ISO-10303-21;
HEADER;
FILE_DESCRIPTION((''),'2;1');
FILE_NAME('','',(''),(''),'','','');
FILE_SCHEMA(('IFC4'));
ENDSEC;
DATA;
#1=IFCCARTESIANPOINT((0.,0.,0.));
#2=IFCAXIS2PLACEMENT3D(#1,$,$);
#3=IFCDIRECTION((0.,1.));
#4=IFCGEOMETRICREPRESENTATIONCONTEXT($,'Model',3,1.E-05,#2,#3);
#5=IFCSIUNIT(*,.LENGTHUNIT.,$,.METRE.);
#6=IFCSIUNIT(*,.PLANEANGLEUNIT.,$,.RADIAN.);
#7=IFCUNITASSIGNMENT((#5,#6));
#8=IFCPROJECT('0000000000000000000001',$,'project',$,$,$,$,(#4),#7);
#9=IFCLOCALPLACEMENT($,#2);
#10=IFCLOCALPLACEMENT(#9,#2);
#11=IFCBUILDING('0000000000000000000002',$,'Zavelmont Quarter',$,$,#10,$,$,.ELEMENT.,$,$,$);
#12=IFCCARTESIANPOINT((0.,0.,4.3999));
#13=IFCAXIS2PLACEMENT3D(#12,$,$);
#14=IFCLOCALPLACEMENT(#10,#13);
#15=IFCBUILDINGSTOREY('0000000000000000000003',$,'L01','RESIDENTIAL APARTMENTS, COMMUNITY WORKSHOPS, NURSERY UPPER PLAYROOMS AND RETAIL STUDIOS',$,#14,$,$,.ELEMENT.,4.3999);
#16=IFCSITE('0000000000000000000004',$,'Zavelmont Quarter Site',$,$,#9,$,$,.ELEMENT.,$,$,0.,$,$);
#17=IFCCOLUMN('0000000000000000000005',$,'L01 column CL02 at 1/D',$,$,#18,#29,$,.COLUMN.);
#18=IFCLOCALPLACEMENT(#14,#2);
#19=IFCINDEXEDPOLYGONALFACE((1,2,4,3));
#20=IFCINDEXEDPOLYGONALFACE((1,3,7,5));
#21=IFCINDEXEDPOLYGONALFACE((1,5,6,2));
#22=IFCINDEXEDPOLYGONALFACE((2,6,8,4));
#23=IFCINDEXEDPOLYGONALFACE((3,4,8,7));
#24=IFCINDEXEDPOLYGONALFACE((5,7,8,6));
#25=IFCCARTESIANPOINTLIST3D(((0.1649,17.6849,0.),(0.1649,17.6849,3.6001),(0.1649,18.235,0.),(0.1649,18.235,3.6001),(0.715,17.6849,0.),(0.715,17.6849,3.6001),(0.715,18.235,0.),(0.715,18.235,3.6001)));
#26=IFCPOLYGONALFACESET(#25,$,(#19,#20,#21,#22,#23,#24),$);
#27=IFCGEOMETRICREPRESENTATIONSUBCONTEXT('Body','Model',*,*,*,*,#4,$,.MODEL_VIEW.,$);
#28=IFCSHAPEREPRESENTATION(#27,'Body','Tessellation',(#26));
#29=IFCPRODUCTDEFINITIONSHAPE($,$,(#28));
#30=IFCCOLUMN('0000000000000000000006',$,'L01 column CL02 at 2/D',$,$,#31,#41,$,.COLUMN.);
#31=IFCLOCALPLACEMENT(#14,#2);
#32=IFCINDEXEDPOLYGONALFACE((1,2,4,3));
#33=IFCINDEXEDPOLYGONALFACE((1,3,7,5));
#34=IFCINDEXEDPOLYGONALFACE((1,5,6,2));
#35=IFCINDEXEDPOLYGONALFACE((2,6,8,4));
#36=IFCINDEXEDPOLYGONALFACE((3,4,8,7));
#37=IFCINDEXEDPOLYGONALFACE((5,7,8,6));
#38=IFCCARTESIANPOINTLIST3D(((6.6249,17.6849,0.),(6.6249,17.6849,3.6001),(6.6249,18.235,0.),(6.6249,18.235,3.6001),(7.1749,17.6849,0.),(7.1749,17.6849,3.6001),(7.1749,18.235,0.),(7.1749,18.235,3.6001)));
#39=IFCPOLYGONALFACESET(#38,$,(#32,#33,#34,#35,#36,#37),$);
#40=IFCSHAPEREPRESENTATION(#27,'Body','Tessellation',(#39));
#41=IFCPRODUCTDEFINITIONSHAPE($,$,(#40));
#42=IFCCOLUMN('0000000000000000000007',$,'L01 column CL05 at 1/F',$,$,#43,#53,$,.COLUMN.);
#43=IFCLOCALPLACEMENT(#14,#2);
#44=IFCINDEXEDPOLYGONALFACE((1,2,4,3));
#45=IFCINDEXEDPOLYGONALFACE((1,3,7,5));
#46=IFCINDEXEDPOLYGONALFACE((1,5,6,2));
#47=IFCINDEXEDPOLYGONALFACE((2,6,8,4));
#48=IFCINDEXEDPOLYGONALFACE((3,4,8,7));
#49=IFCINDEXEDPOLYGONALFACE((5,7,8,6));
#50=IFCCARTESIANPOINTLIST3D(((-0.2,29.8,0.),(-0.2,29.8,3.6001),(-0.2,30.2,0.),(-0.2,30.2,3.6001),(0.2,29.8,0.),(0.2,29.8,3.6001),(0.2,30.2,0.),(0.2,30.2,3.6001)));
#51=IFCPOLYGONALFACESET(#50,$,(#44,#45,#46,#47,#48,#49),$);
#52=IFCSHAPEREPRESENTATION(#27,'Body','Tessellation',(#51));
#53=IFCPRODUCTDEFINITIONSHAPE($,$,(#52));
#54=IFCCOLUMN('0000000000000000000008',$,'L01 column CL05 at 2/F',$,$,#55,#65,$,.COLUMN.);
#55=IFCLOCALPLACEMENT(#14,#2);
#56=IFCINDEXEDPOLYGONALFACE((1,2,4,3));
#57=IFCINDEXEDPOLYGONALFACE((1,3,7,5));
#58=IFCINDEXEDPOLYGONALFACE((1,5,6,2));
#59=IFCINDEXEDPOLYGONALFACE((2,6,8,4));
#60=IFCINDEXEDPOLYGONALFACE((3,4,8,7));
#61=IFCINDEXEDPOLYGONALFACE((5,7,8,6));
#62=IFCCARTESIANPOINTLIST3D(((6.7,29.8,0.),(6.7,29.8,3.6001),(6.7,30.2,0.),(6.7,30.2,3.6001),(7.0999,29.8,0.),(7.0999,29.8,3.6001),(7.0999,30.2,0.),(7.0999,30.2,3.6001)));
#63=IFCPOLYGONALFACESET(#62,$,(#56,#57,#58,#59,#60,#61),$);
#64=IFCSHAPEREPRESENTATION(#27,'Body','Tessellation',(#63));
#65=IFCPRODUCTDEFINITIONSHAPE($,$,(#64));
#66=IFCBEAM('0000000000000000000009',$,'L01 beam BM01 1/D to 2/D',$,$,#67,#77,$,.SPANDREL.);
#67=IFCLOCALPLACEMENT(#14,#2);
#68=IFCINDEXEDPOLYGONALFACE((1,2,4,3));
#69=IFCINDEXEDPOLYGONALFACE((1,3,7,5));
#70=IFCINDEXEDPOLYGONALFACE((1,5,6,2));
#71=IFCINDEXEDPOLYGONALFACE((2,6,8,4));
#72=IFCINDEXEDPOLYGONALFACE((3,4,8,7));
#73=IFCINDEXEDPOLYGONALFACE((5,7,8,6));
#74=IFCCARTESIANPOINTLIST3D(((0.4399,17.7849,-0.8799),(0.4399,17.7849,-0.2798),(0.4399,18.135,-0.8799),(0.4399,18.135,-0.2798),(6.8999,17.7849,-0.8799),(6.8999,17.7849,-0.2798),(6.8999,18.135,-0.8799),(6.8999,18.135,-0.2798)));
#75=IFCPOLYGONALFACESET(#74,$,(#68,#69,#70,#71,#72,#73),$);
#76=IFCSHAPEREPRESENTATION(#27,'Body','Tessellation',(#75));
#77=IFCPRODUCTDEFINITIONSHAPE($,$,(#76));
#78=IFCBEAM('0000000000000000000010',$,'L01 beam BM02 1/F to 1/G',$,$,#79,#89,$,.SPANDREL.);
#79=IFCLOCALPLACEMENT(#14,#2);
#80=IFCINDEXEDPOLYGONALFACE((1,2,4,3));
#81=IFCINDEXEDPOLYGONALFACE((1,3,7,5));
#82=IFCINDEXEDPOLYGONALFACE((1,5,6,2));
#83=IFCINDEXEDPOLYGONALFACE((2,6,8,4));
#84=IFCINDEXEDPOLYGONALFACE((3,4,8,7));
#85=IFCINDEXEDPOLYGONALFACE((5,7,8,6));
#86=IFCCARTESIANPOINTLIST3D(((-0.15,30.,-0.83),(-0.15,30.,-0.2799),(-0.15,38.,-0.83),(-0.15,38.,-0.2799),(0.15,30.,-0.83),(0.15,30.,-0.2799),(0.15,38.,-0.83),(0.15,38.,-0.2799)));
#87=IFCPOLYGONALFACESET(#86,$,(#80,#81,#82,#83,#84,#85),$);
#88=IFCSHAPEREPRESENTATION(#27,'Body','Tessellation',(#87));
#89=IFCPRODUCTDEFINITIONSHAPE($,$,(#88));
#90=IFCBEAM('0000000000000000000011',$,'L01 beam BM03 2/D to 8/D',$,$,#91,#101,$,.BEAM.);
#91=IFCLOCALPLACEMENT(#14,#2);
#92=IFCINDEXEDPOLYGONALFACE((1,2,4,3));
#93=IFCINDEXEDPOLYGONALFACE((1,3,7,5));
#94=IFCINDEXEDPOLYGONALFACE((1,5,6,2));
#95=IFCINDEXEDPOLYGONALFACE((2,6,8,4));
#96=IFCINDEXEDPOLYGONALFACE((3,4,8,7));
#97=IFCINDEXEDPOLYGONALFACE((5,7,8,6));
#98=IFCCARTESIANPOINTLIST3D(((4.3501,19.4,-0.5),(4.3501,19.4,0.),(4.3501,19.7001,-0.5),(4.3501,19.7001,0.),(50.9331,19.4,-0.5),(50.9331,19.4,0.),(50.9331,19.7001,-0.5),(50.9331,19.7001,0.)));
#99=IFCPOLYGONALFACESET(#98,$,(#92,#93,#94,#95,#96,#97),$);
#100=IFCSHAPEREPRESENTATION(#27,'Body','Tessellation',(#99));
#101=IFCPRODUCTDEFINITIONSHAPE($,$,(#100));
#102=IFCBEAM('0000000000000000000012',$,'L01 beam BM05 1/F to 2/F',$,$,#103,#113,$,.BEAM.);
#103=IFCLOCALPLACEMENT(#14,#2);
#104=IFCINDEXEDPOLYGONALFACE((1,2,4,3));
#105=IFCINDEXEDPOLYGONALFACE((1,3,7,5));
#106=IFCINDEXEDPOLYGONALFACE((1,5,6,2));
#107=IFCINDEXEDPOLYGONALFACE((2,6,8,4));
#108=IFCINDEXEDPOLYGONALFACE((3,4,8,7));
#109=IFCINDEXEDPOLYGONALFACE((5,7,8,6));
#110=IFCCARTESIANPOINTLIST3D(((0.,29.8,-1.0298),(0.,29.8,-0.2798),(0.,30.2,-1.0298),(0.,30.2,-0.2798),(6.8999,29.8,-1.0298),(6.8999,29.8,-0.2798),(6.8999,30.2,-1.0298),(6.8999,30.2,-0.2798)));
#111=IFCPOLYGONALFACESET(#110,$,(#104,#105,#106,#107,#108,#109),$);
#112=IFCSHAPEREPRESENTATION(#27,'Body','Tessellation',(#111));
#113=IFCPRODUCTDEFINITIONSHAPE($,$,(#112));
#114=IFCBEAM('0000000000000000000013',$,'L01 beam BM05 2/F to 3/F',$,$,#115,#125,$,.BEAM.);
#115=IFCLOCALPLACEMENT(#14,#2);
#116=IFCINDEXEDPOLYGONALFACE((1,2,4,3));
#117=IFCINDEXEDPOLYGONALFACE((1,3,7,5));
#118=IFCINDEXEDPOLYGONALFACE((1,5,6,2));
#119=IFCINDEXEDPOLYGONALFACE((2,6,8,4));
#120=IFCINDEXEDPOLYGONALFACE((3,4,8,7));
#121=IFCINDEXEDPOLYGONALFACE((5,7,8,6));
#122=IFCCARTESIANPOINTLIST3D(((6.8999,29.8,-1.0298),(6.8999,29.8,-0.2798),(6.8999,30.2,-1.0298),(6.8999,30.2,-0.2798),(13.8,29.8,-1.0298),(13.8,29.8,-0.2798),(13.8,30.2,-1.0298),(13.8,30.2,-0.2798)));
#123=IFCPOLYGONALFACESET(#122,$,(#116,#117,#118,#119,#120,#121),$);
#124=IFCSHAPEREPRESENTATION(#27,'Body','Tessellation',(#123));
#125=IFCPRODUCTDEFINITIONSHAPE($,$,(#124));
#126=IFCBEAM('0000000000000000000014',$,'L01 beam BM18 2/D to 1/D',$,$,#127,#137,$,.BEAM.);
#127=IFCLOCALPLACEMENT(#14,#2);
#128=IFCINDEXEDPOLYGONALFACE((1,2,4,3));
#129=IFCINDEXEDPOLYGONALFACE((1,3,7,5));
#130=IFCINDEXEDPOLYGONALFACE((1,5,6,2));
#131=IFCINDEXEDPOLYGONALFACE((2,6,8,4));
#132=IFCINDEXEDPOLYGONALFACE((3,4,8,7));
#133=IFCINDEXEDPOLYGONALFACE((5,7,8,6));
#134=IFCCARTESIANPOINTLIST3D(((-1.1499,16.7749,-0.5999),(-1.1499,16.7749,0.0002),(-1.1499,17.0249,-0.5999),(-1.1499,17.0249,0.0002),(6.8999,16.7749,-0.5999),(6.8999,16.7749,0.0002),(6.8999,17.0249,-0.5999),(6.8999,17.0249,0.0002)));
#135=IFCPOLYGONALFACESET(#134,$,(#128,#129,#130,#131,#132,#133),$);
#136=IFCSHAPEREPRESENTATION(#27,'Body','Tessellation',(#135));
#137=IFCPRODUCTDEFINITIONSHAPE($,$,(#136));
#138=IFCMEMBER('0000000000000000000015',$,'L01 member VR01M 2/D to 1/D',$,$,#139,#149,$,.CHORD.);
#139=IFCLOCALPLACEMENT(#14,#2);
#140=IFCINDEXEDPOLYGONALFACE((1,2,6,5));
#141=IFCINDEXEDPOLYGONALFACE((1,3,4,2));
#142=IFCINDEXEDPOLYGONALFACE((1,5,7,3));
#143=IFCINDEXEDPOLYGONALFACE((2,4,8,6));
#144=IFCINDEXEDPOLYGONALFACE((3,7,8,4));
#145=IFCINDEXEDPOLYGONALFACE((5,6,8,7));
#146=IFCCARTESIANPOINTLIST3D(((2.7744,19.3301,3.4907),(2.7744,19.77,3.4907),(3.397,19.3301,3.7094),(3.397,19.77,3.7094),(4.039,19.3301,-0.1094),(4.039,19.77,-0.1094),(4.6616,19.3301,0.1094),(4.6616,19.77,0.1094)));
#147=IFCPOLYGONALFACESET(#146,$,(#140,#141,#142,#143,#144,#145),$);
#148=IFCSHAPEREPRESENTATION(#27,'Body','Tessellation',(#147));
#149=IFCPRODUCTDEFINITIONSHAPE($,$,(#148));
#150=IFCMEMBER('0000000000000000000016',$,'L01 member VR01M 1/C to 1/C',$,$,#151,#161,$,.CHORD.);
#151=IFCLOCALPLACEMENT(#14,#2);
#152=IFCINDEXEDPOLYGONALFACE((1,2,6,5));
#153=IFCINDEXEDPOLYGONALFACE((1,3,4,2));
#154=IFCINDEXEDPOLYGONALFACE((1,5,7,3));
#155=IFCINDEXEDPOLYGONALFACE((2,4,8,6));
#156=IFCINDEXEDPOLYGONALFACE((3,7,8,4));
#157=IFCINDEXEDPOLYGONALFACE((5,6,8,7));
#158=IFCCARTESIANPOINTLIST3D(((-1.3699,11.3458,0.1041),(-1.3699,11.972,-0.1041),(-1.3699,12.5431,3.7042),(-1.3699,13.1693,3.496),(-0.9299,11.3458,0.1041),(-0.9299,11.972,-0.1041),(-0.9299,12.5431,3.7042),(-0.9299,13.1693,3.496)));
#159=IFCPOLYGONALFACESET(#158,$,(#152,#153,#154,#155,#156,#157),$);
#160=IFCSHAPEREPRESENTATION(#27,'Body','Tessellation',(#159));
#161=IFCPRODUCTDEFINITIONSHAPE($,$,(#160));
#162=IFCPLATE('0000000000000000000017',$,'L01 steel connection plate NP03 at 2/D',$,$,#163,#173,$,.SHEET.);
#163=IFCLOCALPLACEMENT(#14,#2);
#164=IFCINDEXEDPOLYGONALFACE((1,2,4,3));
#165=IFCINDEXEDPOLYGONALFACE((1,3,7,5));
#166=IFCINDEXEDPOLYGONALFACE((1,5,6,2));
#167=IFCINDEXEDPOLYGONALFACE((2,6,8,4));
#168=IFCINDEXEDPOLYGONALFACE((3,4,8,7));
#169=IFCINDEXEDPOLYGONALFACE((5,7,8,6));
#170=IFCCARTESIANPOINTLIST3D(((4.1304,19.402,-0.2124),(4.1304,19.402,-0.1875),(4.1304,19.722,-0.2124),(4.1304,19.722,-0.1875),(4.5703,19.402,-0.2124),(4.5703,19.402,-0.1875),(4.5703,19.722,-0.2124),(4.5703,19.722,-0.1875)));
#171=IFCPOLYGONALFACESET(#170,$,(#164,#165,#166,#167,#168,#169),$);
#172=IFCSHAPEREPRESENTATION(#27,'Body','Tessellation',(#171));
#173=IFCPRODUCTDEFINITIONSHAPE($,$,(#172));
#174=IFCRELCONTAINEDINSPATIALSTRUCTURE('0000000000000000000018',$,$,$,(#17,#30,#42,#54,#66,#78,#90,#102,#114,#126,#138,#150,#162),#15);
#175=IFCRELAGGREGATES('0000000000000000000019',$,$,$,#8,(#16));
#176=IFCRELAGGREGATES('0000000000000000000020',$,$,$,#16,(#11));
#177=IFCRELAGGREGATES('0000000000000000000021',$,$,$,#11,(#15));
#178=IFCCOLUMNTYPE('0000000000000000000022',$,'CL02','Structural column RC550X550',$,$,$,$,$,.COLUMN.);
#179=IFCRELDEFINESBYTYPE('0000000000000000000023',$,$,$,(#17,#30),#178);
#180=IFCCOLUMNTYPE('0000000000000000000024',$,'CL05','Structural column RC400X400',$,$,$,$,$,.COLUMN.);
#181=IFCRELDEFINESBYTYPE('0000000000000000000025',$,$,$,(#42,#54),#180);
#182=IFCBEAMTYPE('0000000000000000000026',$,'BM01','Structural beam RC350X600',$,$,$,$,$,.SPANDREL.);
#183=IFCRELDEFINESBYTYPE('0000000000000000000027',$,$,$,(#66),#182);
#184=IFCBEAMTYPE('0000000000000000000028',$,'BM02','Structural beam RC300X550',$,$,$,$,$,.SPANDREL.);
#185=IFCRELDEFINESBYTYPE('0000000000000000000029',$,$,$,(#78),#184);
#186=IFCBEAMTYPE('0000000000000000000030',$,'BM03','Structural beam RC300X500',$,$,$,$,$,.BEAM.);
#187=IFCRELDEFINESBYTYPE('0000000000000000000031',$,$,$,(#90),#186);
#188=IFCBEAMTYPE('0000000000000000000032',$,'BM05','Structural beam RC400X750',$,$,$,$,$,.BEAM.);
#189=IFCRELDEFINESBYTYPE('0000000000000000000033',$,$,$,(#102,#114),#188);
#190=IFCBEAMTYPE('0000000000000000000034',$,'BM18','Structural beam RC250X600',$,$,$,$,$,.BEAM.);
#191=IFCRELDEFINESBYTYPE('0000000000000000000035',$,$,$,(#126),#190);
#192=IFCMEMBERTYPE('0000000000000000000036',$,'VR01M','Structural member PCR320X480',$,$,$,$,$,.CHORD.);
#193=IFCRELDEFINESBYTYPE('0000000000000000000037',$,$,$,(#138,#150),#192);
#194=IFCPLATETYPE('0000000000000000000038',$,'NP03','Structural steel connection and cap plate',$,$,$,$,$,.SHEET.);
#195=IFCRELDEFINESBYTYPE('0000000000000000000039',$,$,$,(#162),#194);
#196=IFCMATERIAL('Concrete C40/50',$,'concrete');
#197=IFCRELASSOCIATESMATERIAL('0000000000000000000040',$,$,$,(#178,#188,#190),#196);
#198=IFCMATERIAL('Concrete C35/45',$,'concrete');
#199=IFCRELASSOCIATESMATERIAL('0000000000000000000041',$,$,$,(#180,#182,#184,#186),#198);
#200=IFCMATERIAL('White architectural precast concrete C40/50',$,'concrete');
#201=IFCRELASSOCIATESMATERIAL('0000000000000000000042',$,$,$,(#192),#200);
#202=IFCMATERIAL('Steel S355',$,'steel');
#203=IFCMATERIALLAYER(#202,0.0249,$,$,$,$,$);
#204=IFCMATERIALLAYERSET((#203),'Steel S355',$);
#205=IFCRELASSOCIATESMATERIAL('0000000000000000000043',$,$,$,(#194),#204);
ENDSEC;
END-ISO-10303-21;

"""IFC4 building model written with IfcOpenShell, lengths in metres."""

from ifc_helpers import new_model, si_unit, direction, frame, origin, origin_2d, place, context, subcontext, project, spatial, rectangle, extrude, material, layer, layer_set, material_profile, profile_set, type_object, element, save


model = new_model("IFC4")

# Units and contexts
model_context = context("Model", 3, precision=1e-05, world=origin(), true_north=direction((0.0, 1.0)))
body_context = subcontext(model_context, "Body", "Model", "MODEL_VIEW")
ifc_project = project(units=[si_unit("LENGTHUNIT", "METRE"), si_unit("PLANEANGLEUNIT", "RADIAN")], contexts=[model_context])

# Site, building, storey
site_placement = place(None, origin())
site = spatial("IfcSite", under=ifc_project, at=site_placement, Name="Zavelmont Quarter Site", CompositionType="ELEMENT", RefElevation=0.0)
building_placement = place(site_placement, origin())
building = spatial("IfcBuilding", under=site, at=building_placement, Name="Zavelmont Quarter", CompositionType="ELEMENT")
storey_placement = place(building_placement, frame((0.0, 0.0, 4.3999)))
storey = spatial("IfcBuildingStorey", under=building, at=storey_placement, Name="L01", Description="RESIDENTIAL APARTMENTS, COMMUNITY WORKSHOPS, NURSERY UPPER PLAYROOMS AND RETAIL STUDIOS", CompositionType="ELEMENT", Elevation=4.3999)

# Columns
ifc_material_1 = material(Name="Concrete C40/50", Category="concrete")
ifc_material_profile_1 = material_profile(ifc_material_1, rectangle(XDim=0.55, YDim=0.55, at=origin_2d()), Name="RC550X550")
ifc_profile_set_1 = profile_set([ifc_material_profile_1], Name="Concrete C40/50")
column_type_1 = type_object("IfcColumnType", Name="CL02", Description="Structural column RC550X550", PredefinedType="COLUMN", material=ifc_profile_set_1)
for number, where, z_axis, x_axis, name in (
    (1, (0.4399, 17.96, 0.0), (0.0, 0.0, 1.0), (1.0, 0.0, 0.0), "L01 column CL02 at 1/D"),
    (2, (6.8999, 17.96, 0.0), (0.0, 0.0, 1.0), (1.0, 0.0, 0.0), "L01 column CL02 at 2/D"),
):
    element("IfcColumn", number, at=place(storey_placement, frame(where, z_axis=z_axis, x_axis=x_axis)), inside=storey, type_object=column_type_1, Name=name, PredefinedType="COLUMN", context=body_context, shape_type="SweptSolid", body=[
        extrude(rectangle(XDim=0.55, YDim=0.55, at=origin_2d()), origin(), (0.0, 0.0, 1.0), 3.6001),
    ])
ifc_material_2 = material(Name="Concrete C35/45", Category="concrete")
ifc_material_profile_2 = material_profile(ifc_material_2, rectangle(XDim=0.3999, YDim=0.3999, at=origin_2d()), Name="RC400X400")
ifc_profile_set_2 = profile_set([ifc_material_profile_2], Name="Concrete C35/45")
column_type_2 = type_object("IfcColumnType", Name="CL05", Description="Structural column RC400X400", PredefinedType="COLUMN", material=ifc_profile_set_2)
for number, where, z_axis, x_axis, name in (
    (3, (0.0, 30.0, 0.0), (0.0, 0.0, 1.0), (1.0, 0.0, 0.0), "L01 column CL05 at 1/F"),
    (4, (6.8999, 30.0, 0.0), (0.0, 0.0, 1.0), (1.0, 0.0, 0.0), "L01 column CL05 at 2/F"),
):
    element("IfcColumn", number, at=place(storey_placement, frame(where, z_axis=z_axis, x_axis=x_axis)), inside=storey, type_object=column_type_2, Name=name, PredefinedType="COLUMN", context=body_context, shape_type="SweptSolid", body=[
        extrude(rectangle(XDim=0.3999, YDim=0.3999, at=origin_2d()), origin(), (0.0, 0.0, 1.0), 3.6001),
    ])

# Beams
ifc_material_profile_3 = material_profile(ifc_material_2, rectangle(XDim=0.3501, YDim=0.6001, at=origin_2d()), Name="RC350X600")
ifc_profile_set_3 = profile_set([ifc_material_profile_3], Name="Concrete C35/45")
beam_type_1 = type_object("IfcBeamType", Name="BM01", Description="Structural beam RC350X600", PredefinedType="SPANDREL", material=ifc_profile_set_3)
beam_1_placement = place(storey_placement, frame((0.4399, 17.96, -0.5798), z_axis=(1.0, 0.0, 0.0), x_axis=(0.0, 1.0, 0.0)))
element("IfcBeam", 5, at=beam_1_placement, inside=storey, type_object=beam_type_1, Name="L01 beam BM01 1/D to 2/D", PredefinedType="SPANDREL", context=body_context, shape_type="SweptSolid", body=[
    extrude(rectangle(XDim=0.3501, YDim=0.6001, at=origin_2d()), origin(), (0.0, 0.0, 1.0), 6.46),
])
ifc_material_profile_4 = material_profile(ifc_material_2, rectangle(XDim=0.3, YDim=0.55, at=origin_2d()), Name="RC300X550")
ifc_profile_set_4 = profile_set([ifc_material_profile_4], Name="Concrete C35/45")
beam_type_2 = type_object("IfcBeamType", Name="BM02", Description="Structural beam RC300X550", PredefinedType="SPANDREL", material=ifc_profile_set_4)
beam_2_placement = place(storey_placement, frame((0.0, 30.0, -0.5549), z_axis=(0.0, 1.0, 0.0), x_axis=(-1.0, 0.0, 0.0)))
element("IfcBeam", 6, at=beam_2_placement, inside=storey, type_object=beam_type_2, Name="L01 beam BM02 1/F to 1/G", PredefinedType="SPANDREL", context=body_context, shape_type="SweptSolid", body=[
    extrude(rectangle(XDim=0.3, YDim=0.55, at=origin_2d()), origin(), (0.0, 0.0, 1.0), 8.0),
])
ifc_material_profile_5 = material_profile(ifc_material_2, rectangle(XDim=0.3, YDim=0.5, at=origin_2d()), Name="RC300X500")
ifc_profile_set_5 = profile_set([ifc_material_profile_5], Name="Concrete C35/45")
beam_type_3 = type_object("IfcBeamType", Name="BM03", Description="Structural beam RC300X500", PredefinedType="BEAM", material=ifc_profile_set_5)
beam_3_placement = place(storey_placement, frame((4.3501, 19.55, -0.25), z_axis=(1.0, 0.0, 0.0), x_axis=(0.0, 1.0, 0.0)))
element("IfcBeam", 7, at=beam_3_placement, inside=storey, type_object=beam_type_3, Name="L01 beam BM03 2/D to 8/D", PredefinedType="BEAM", context=body_context, shape_type="SweptSolid", body=[
    extrude(rectangle(XDim=0.3, YDim=0.5, at=origin_2d()), origin(), (0.0, 0.0, 1.0), 46.583),
])
ifc_material_profile_6 = material_profile(ifc_material_1, rectangle(XDim=0.3999, YDim=0.75, at=origin_2d()), Name="RC400X750")
ifc_profile_set_6 = profile_set([ifc_material_profile_6], Name="Concrete C40/50")
beam_type_4 = type_object("IfcBeamType", Name="BM05", Description="Structural beam RC400X750", PredefinedType="BEAM", material=ifc_profile_set_6)
beam_4_placement = place(storey_placement, frame((0.0, 30.0, -0.6548), z_axis=(1.0, 0.0, 0.0), x_axis=(0.0, 1.0, 0.0)))
element("IfcBeam", 8, at=beam_4_placement, inside=storey, type_object=beam_type_4, Name="L01 beam BM05 1/F to 2/F", PredefinedType="BEAM", context=body_context, shape_type="SweptSolid", body=[
    extrude(rectangle(XDim=0.3999, YDim=0.75, at=origin_2d()), origin(), (0.0, 0.0, 1.0), 6.8999),
])
beam_5_placement = place(storey_placement, frame((6.8999, 30.0, -0.6548), z_axis=(1.0, 0.0, 0.0), x_axis=(0.0, 1.0, 0.0)))
element("IfcBeam", 9, at=beam_5_placement, inside=storey, type_object=beam_type_4, Name="L01 beam BM05 2/F to 3/F", PredefinedType="BEAM", context=body_context, shape_type="SweptSolid", body=[
    extrude(rectangle(XDim=0.3999, YDim=0.75, at=origin_2d()), origin(), (0.0, 0.0, 1.0), 6.9001),
])
ifc_material_profile_7 = material_profile(ifc_material_1, rectangle(XDim=0.25, YDim=0.6001, at=origin_2d()), Name="RC250X600")
ifc_profile_set_7 = profile_set([ifc_material_profile_7], Name="Concrete C40/50")
beam_type_5 = type_object("IfcBeamType", Name="BM18", Description="Structural beam RC250X600", PredefinedType="BEAM", material=ifc_profile_set_7)
beam_6_placement = place(storey_placement, frame((6.8999, 16.8999, -0.2998), z_axis=(-1.0, 0.0, 0.0), x_axis=(0.0, -1.0, 0.0)))
element("IfcBeam", 10, at=beam_6_placement, inside=storey, type_object=beam_type_5, Name="L01 beam BM18 2/D to 1/D", PredefinedType="BEAM", context=body_context, shape_type="SweptSolid", body=[
    extrude(rectangle(XDim=0.25, YDim=0.6001, at=origin_2d()), origin(), (0.0, 0.0, 1.0), 8.0498),
])

# Members
ifc_material_3 = material(Name="White architectural precast concrete C40/50", Category="concrete")
ifc_material_profile_8 = material_profile(ifc_material_3, rectangle(XDim=0.4399, YDim=0.6599, at=origin_2d()), Name="PCR320X480")
ifc_profile_set_8 = profile_set([ifc_material_profile_8], Name="White architectural precast concrete C40/50")
member_type = type_object("IfcMemberType", Name="VR01M", Description="Structural member PCR320X480", PredefinedType="CHORD", material=ifc_profile_set_8)
member_1_placement = place(storey_placement, frame((4.3503, 19.55, 0.0), z_axis=(-0.331428, 0.0, 0.943481), x_axis=(0.0, -1.0, 0.0)))
element("IfcMember", 11, at=member_1_placement, inside=storey, type_object=member_type, Name="L01 member VR01M 2/D to 1/D", PredefinedType="CHORD", context=body_context, shape_type="SweptSolid", body=[
    extrude(rectangle(XDim=0.4399, YDim=0.6599, at=origin_2d()), origin(), (0.0, 0.0, 1.0), 3.8157),
])
member_2_placement = place(storey_placement, frame((-1.1499, 11.6589, 0.0), z_axis=(0.0, 0.315571, 0.948902), x_axis=(-1.0, 0.0, 0.0)))
element("IfcMember", 12, at=member_2_placement, inside=storey, type_object=member_type, Name="L01 member VR01M 1/C to 1/C", PredefinedType="CHORD", context=body_context, shape_type="SweptSolid", body=[
    extrude(rectangle(XDim=0.4399, YDim=0.6599, at=origin_2d()), origin(), (0.0, 0.0, 1.0), 3.7939),
])

# Plate
ifc_material_4 = material(Name="Steel S355", Category="steel")
ifc_layer_1 = layer(ifc_material_4, 0.0249)
ifc_layer_set_1 = layer_set([ifc_layer_1], Name="Steel S355")
plate_type = type_object("IfcPlateType", Name="NP03", Description="Structural steel connection and cap plate", PredefinedType="SHEET", material=ifc_layer_set_1)
plate_placement = place(storey_placement, frame((4.3503, 19.562, -0.2124), z_axis=(0.0, 0.0, 1.0), x_axis=(1.0, 0.0, 0.0)))
element("IfcPlate", 13, at=plate_placement, inside=storey, type_object=plate_type, Name="L01 steel connection plate NP03 at 2/D", PredefinedType="SHEET", context=body_context, shape_type="SweptSolid", body=[
    extrude(rectangle(XDim=0.4399, YDim=0.3201, at=origin_2d()), origin(), (0.0, 0.0, 1.0), 0.0249),
])

save(model, "model.ifc")
